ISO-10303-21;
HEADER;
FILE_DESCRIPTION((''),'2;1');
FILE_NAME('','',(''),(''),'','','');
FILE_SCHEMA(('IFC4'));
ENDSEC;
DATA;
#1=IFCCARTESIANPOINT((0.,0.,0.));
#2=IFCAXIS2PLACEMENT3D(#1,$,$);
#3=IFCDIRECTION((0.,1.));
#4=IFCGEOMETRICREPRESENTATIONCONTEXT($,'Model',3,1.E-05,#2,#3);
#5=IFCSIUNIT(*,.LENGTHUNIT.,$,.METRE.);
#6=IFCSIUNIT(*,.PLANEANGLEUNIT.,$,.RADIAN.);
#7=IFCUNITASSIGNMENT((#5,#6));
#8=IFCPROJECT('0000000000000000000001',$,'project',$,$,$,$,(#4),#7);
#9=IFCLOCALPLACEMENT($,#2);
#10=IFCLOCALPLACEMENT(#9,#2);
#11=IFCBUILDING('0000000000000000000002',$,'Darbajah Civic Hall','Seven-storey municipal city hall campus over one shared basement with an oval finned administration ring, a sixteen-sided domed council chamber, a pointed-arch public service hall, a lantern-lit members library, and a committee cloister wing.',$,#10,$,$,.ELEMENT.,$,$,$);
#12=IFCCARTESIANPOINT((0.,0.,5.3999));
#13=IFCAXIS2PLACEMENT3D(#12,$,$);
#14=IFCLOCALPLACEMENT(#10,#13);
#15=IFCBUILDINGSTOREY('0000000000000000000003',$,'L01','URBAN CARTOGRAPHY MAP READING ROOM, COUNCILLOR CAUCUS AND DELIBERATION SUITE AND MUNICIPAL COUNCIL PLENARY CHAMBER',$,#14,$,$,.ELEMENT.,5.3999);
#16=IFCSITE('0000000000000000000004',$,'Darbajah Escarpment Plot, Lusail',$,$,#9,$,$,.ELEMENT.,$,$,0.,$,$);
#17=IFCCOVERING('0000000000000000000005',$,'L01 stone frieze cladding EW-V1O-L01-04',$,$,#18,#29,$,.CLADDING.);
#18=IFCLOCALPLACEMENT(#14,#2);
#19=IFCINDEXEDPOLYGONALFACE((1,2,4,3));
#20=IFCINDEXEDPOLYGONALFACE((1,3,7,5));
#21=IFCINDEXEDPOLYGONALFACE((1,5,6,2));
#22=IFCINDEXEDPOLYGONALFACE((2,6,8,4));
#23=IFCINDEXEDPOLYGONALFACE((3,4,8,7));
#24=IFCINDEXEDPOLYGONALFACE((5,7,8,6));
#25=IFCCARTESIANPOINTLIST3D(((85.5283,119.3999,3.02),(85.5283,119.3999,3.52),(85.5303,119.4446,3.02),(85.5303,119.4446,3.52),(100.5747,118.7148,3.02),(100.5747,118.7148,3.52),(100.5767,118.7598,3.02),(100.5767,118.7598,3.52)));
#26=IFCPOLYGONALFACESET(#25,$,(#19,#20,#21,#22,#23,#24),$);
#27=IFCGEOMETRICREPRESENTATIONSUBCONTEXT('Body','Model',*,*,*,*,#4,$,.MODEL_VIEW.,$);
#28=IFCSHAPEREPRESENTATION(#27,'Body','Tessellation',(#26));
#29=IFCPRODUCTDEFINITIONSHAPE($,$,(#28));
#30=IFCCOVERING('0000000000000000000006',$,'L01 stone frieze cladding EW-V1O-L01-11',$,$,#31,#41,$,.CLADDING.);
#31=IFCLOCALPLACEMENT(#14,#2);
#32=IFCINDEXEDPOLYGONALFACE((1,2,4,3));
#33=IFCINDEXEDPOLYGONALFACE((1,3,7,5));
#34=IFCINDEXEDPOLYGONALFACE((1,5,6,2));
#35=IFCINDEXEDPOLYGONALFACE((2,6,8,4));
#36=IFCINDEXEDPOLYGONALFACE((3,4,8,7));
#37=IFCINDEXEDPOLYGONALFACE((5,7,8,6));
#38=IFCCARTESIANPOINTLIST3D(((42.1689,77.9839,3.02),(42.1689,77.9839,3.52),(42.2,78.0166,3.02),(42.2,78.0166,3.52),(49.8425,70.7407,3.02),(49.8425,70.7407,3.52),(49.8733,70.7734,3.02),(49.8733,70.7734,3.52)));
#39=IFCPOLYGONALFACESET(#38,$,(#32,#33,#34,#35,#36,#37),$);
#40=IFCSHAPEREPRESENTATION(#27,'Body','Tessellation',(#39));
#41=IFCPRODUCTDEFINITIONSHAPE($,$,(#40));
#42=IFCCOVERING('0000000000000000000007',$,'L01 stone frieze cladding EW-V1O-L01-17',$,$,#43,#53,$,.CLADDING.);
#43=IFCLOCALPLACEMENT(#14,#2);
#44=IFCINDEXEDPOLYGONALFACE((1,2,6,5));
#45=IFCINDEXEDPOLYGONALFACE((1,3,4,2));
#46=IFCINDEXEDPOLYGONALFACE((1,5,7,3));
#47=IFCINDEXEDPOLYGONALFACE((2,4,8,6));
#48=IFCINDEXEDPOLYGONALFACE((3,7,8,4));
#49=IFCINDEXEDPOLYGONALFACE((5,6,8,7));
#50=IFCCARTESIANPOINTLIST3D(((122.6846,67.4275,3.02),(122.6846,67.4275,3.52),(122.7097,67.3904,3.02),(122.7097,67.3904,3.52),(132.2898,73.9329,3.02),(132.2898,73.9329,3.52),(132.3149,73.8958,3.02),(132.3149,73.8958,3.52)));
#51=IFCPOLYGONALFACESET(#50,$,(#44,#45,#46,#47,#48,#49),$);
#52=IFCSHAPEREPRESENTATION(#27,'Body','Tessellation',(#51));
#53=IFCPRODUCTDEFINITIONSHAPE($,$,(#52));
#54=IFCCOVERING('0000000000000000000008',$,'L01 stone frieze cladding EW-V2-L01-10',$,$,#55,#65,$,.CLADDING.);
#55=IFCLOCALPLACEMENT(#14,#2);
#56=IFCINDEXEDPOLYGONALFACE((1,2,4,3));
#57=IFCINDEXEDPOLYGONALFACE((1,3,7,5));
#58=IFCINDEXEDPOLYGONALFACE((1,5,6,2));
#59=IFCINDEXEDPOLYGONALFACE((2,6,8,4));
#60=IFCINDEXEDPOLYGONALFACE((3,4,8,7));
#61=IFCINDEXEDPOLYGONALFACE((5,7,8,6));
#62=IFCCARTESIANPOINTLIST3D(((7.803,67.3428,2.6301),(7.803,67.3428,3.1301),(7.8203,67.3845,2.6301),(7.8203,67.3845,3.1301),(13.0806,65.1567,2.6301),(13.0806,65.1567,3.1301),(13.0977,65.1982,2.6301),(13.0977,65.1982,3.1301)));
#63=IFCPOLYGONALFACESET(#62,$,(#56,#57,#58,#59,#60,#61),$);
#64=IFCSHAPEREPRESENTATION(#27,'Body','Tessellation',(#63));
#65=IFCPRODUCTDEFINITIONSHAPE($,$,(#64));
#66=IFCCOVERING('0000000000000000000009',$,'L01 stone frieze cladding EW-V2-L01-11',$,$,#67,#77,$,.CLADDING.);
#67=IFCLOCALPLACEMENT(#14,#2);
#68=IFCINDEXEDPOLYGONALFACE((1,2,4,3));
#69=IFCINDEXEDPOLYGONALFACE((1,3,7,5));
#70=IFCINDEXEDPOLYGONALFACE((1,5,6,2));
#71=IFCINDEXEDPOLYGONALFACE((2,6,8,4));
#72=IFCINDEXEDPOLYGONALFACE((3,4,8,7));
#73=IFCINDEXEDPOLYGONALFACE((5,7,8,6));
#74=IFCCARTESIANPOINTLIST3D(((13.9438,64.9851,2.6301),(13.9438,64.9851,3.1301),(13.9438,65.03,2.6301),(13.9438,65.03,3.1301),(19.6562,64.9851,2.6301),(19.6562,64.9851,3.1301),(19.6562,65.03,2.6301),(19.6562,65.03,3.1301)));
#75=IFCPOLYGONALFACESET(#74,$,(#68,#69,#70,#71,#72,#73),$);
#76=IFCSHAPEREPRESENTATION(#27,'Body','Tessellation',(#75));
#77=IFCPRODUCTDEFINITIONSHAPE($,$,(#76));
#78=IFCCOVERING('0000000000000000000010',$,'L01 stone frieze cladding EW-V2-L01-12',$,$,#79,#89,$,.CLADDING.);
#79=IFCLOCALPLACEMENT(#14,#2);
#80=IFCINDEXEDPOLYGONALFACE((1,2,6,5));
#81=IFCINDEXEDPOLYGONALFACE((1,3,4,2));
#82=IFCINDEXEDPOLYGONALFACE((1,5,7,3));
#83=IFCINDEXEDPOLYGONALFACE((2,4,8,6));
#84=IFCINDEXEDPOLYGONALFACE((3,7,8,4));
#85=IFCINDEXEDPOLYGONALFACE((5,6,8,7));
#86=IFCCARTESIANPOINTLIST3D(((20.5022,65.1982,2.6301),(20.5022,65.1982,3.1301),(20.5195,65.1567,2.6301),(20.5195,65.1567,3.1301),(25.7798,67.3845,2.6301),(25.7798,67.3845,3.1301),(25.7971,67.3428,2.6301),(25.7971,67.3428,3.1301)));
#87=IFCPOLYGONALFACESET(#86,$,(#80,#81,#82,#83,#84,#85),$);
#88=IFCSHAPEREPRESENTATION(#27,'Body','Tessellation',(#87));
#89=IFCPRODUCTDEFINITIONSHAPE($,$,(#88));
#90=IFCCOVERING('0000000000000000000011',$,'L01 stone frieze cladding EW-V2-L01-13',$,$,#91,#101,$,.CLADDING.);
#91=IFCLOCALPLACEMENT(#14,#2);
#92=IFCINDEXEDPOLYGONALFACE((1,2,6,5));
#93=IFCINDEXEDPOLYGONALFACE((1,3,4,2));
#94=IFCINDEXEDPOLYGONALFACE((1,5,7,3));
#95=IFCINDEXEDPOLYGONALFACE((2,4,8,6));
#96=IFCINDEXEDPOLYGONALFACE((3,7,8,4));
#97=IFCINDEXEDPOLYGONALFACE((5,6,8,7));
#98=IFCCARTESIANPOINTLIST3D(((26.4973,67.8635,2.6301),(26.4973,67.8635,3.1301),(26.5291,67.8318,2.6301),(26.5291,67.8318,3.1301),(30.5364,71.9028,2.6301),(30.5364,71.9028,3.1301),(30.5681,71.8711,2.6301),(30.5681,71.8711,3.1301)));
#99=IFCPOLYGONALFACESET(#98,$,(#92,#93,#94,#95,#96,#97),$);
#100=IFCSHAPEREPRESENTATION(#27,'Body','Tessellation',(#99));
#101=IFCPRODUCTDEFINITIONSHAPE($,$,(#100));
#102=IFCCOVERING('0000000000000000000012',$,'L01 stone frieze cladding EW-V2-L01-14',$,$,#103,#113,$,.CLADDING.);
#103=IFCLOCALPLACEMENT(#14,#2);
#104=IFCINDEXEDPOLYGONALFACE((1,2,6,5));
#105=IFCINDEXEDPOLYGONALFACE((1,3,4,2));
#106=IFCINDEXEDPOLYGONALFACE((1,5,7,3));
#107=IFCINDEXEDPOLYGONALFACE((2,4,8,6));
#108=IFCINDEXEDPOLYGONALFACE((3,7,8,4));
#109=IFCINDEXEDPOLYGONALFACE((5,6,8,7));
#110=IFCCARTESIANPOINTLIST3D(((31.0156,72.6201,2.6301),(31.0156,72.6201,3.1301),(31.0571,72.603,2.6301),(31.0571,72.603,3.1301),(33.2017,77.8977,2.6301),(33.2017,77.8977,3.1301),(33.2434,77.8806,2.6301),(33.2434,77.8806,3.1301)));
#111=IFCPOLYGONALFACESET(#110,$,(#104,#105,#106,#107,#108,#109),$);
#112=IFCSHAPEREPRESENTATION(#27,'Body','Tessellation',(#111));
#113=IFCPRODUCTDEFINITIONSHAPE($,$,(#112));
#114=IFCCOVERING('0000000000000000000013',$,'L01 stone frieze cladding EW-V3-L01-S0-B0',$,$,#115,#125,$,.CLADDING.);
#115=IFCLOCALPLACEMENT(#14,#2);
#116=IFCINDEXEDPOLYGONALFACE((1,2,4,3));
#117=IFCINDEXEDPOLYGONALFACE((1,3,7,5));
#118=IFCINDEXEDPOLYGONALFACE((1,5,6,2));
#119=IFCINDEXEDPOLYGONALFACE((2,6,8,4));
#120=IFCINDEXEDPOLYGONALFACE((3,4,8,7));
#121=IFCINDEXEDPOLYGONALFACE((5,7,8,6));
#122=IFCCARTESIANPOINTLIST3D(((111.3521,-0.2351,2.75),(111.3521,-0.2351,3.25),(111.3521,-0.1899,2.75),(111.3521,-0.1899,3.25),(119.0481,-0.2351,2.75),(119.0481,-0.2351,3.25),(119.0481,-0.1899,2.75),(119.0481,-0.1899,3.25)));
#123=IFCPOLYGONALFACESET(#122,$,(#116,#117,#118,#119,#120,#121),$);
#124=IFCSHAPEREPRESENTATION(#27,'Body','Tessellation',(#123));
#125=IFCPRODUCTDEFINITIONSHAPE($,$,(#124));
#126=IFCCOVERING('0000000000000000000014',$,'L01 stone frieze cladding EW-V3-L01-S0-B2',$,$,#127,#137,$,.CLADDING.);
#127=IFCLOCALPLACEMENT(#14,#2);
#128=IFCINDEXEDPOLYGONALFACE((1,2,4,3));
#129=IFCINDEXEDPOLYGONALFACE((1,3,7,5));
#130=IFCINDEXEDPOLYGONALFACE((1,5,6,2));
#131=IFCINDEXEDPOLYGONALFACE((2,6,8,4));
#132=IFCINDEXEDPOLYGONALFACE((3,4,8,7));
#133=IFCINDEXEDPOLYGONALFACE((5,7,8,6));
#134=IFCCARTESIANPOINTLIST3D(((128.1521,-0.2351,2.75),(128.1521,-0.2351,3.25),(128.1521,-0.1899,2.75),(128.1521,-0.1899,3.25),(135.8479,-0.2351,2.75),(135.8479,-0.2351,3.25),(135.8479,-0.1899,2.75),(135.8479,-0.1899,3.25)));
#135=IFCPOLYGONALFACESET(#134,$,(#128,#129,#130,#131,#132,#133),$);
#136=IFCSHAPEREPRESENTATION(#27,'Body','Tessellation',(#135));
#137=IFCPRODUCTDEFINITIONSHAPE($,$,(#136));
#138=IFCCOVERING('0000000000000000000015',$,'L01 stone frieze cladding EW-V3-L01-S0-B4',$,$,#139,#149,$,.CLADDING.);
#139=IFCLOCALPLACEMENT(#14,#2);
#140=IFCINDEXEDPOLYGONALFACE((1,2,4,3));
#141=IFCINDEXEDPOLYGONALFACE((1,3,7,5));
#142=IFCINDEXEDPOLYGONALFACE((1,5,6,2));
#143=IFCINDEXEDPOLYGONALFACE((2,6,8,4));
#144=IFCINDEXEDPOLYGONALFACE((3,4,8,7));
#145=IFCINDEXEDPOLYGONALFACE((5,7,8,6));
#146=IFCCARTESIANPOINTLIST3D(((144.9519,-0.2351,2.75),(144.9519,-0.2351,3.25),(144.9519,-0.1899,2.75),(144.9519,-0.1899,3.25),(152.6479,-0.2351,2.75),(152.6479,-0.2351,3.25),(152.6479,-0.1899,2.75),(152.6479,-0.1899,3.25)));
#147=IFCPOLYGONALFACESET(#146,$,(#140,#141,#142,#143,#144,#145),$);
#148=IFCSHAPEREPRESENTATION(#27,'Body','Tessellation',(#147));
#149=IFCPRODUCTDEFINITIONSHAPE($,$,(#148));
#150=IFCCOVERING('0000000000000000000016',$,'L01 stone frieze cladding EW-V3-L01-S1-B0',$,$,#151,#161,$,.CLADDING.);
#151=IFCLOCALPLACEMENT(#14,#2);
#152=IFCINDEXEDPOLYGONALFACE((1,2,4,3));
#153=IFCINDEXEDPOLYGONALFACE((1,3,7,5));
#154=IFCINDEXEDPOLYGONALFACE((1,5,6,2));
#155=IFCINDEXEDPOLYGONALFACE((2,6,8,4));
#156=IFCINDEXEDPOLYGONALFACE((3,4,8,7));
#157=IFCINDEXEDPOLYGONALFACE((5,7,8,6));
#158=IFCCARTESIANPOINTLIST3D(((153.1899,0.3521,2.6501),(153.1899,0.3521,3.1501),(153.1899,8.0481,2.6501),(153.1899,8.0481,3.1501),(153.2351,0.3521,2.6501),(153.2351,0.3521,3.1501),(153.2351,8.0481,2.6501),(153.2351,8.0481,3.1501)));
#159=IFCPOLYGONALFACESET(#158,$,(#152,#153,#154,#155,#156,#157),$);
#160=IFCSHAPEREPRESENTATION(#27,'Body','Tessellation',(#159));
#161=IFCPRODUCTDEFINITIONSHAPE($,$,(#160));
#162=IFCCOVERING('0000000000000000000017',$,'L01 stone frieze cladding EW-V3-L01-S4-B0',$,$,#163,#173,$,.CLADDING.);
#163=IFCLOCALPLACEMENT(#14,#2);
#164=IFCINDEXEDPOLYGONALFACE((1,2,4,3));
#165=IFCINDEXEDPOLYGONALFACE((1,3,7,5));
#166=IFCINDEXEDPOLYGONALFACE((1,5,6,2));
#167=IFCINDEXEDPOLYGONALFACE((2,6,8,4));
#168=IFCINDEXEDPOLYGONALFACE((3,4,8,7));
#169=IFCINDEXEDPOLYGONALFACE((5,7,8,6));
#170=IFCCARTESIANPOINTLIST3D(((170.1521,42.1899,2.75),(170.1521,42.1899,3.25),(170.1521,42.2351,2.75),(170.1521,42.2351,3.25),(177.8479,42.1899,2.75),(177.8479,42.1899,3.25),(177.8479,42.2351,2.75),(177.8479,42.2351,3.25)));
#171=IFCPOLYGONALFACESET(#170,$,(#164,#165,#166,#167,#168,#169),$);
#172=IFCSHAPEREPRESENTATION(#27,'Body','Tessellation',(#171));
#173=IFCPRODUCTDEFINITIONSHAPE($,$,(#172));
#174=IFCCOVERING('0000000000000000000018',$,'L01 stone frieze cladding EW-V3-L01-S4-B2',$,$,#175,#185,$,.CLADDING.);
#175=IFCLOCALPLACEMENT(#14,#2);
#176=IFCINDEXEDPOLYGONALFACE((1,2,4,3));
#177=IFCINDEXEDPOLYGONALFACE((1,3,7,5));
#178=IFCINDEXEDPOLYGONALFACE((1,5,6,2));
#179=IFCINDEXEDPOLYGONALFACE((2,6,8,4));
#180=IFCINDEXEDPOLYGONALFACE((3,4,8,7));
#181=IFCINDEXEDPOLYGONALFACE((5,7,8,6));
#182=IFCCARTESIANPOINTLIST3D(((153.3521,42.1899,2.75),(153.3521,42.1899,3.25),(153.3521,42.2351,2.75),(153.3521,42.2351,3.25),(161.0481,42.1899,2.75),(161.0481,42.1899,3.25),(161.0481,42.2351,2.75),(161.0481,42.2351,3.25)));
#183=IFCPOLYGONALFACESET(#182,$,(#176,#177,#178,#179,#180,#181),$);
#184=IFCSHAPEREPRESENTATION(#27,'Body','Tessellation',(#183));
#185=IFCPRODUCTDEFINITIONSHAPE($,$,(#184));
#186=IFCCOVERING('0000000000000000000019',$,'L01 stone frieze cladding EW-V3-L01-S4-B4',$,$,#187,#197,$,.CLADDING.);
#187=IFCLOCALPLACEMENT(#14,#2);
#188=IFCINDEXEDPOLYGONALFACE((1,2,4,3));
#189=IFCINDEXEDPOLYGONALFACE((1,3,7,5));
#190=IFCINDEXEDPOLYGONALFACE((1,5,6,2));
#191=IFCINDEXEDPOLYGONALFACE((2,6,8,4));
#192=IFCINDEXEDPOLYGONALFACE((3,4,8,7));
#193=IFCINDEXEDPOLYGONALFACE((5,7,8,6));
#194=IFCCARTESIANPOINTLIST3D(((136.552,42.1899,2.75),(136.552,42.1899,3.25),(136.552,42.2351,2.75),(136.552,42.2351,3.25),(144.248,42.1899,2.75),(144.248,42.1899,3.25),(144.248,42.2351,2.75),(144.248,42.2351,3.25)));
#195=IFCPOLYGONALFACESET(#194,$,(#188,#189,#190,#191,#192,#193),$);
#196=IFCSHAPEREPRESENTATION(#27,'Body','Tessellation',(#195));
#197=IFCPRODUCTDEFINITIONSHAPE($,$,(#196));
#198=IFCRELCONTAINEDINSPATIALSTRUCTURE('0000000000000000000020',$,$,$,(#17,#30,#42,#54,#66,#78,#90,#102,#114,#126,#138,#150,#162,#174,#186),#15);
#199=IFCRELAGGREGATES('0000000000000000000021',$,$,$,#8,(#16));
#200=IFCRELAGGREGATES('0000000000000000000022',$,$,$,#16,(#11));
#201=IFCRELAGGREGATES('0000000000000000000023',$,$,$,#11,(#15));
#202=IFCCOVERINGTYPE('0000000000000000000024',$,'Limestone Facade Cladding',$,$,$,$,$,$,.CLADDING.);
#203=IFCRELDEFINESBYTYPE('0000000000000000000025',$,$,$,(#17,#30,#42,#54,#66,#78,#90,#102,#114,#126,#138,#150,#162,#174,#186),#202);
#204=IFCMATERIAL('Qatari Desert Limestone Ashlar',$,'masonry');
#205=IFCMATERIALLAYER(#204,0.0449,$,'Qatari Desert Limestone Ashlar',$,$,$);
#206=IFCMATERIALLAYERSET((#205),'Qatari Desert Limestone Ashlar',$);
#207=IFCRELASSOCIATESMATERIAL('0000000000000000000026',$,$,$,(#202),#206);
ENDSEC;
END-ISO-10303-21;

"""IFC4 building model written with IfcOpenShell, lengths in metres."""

from ifc_helpers import new_model, si_unit, direction, frame, origin, place, context, subcontext, project, spatial, polyline, outline, extrude, material, layer, layer_set, type_object, element, save


model = new_model("IFC4")

# Units and contexts
model_context = context("Model", 3, precision=1e-05, world=origin(), true_north=direction((0.0, 1.0)))
body_context = subcontext(model_context, "Body", "Model", "MODEL_VIEW")
ifc_project = project(units=[si_unit("LENGTHUNIT", "METRE"), si_unit("PLANEANGLEUNIT", "RADIAN")], contexts=[model_context])

# Site, building, storey
site_placement = place(None, origin())
site = spatial("IfcSite", under=ifc_project, at=site_placement, Name="Darbajah Escarpment Plot, Lusail", CompositionType="ELEMENT", RefElevation=0.0)
building_placement = place(site_placement, origin())
building = spatial("IfcBuilding", under=site, at=building_placement, Name="Darbajah Civic Hall", Description="Seven-storey municipal city hall campus over one shared basement with an oval finned administration ring, a sixteen-sided domed council chamber, a pointed-arch public service hall, a lantern-lit members library, and a committee cloister wing.", CompositionType="ELEMENT")
storey_placement = place(building_placement, frame((0.0, 0.0, 5.3999)))
storey = spatial("IfcBuildingStorey", under=building, at=storey_placement, Name="L01", Description="URBAN CARTOGRAPHY MAP READING ROOM, COUNCILLOR CAUCUS AND DELIBERATION SUITE AND MUNICIPAL COUNCIL PLENARY CHAMBER", CompositionType="ELEMENT", Elevation=5.3999)

# Coverings
ifc_material = material(Name="Qatari Desert Limestone Ashlar", Category="masonry")
ifc_layer = layer(ifc_material, 0.0449, Name="Qatari Desert Limestone Ashlar")
ifc_layer_set = layer_set([ifc_layer], Name="Qatari Desert Limestone Ashlar")
covering_type = type_object("IfcCoveringType", Name="Limestone Facade Cladding", PredefinedType="CLADDING", material=ifc_layer_set)
covering_1_placement = place(storey_placement, frame((0.0, 0.0, 3.02)))
element("IfcCovering", 1, at=covering_1_placement, inside=storey, type_object=covering_type, Name="L01 stone frieze cladding EW-V1O-L01-04", PredefinedType="CLADDING", context=body_context, shape_type="SweptSolid", body=[
    extrude(outline(polyline([(100.5747, 118.7148), (85.5283, 119.3999), (85.5303, 119.4446), (100.5767, 118.7598), (100.5747, 118.7148)])), origin(), (0.0, 0.0, 1.0), 0.5),
])
covering_2_placement = place(storey_placement, frame((0.0, 0.0, 3.02)))
element("IfcCovering", 2, at=covering_2_placement, inside=storey, type_object=covering_type, Name="L01 stone frieze cladding EW-V1O-L01-11", PredefinedType="CLADDING", context=body_context, shape_type="SweptSolid", body=[
    extrude(outline(polyline([(42.2, 78.0166), (49.8733, 70.7734), (49.8425, 70.7407), (42.1689, 77.9839), (42.2, 78.0166)])), origin(), (0.0, 0.0, 1.0), 0.5),
])
covering_3_placement = place(storey_placement, frame((0.0, 0.0, 3.02)))
element("IfcCovering", 3, at=covering_3_placement, inside=storey, type_object=covering_type, Name="L01 stone frieze cladding EW-V1O-L01-17", PredefinedType="CLADDING", context=body_context, shape_type="SweptSolid", body=[
    extrude(outline(polyline([(122.6846, 67.4275), (132.2898, 73.9329), (132.3149, 73.8958), (122.7097, 67.3904), (122.6846, 67.4275)])), origin(), (0.0, 0.0, 1.0), 0.5),
])
covering_4_placement = place(storey_placement, frame((0.0, 0.0, 2.6301)))
element("IfcCovering", 4, at=covering_4_placement, inside=storey, type_object=covering_type, Name="L01 stone frieze cladding EW-V2-L01-10", PredefinedType="CLADDING", context=body_context, shape_type="SweptSolid", body=[
    extrude(outline(polyline([(7.8203, 67.3845), (13.0977, 65.1982), (13.0806, 65.1567), (7.803, 67.3428), (7.8203, 67.3845)])), origin(), (0.0, 0.0, 1.0), 0.5),
])
covering_5_placement = place(storey_placement, frame((0.0, 0.0, 2.6301)))
element("IfcCovering", 5, at=covering_5_placement, inside=storey, type_object=covering_type, Name="L01 stone frieze cladding EW-V2-L01-11", PredefinedType="CLADDING", context=body_context, shape_type="SweptSolid", body=[
    extrude(outline(polyline([(13.9438, 65.03), (19.6562, 65.03), (19.6562, 64.9851), (13.9438, 64.9851), (13.9438, 65.03)])), origin(), (0.0, 0.0, 1.0), 0.5),
])
covering_6_placement = place(storey_placement, frame((0.0, 0.0, 2.6301)))
element("IfcCovering", 6, at=covering_6_placement, inside=storey, type_object=covering_type, Name="L01 stone frieze cladding EW-V2-L01-12", PredefinedType="CLADDING", context=body_context, shape_type="SweptSolid", body=[
    extrude(outline(polyline([(20.5022, 65.1982), (25.7798, 67.3845), (25.7971, 67.3428), (20.5195, 65.1567), (20.5022, 65.1982)])), origin(), (0.0, 0.0, 1.0), 0.5),
])
covering_7_placement = place(storey_placement, frame((0.0, 0.0, 2.6301)))
element("IfcCovering", 7, at=covering_7_placement, inside=storey, type_object=covering_type, Name="L01 stone frieze cladding EW-V2-L01-13", PredefinedType="CLADDING", context=body_context, shape_type="SweptSolid", body=[
    extrude(outline(polyline([(26.4973, 67.8635), (30.5364, 71.9028), (30.5681, 71.8711), (26.5291, 67.8318), (26.4973, 67.8635)])), origin(), (0.0, 0.0, 1.0), 0.5),
])
covering_8_placement = place(storey_placement, frame((0.0, 0.0, 2.6301)))
element("IfcCovering", 8, at=covering_8_placement, inside=storey, type_object=covering_type, Name="L01 stone frieze cladding EW-V2-L01-14", PredefinedType="CLADDING", context=body_context, shape_type="SweptSolid", body=[
    extrude(outline(polyline([(31.0156, 72.6201), (33.2017, 77.8977), (33.2434, 77.8806), (31.0571, 72.603), (31.0156, 72.6201)])), origin(), (0.0, 0.0, 1.0), 0.5),
])
covering_9_placement = place(storey_placement, frame((0.0, 0.0, 2.75)))
element("IfcCovering", 9, at=covering_9_placement, inside=storey, type_object=covering_type, Name="L01 stone frieze cladding EW-V3-L01-S0-B0", PredefinedType="CLADDING", context=body_context, shape_type="SweptSolid", body=[
    extrude(outline(polyline([(111.3521, -0.1899), (119.0481, -0.1899), (119.0481, -0.2351), (111.3521, -0.2351), (111.3521, -0.1899)])), origin(), (0.0, 0.0, 1.0), 0.5),
])
covering_10_placement = place(storey_placement, frame((0.0, 0.0, 2.75)))
element("IfcCovering", 10, at=covering_10_placement, inside=storey, type_object=covering_type, Name="L01 stone frieze cladding EW-V3-L01-S0-B2", PredefinedType="CLADDING", context=body_context, shape_type="SweptSolid", body=[
    extrude(outline(polyline([(128.1521, -0.1899), (135.8479, -0.1899), (135.8479, -0.2351), (128.1521, -0.2351), (128.1521, -0.1899)])), origin(), (0.0, 0.0, 1.0), 0.5),
])
covering_11_placement = place(storey_placement, frame((0.0, 0.0, 2.75)))
element("IfcCovering", 11, at=covering_11_placement, inside=storey, type_object=covering_type, Name="L01 stone frieze cladding EW-V3-L01-S0-B4", PredefinedType="CLADDING", context=body_context, shape_type="SweptSolid", body=[
    extrude(outline(polyline([(144.9519, -0.1899), (152.6479, -0.1899), (152.6479, -0.2351), (144.9519, -0.2351), (144.9519, -0.1899)])), origin(), (0.0, 0.0, 1.0), 0.5),
])
covering_12_placement = place(storey_placement, frame((0.0, 0.0, 2.6501)))
element("IfcCovering", 12, at=covering_12_placement, inside=storey, type_object=covering_type, Name="L01 stone frieze cladding EW-V3-L01-S1-B0", PredefinedType="CLADDING", context=body_context, shape_type="SweptSolid", body=[
    extrude(outline(polyline([(153.1899, 0.3521), (153.1899, 8.0481), (153.2351, 8.0481), (153.2351, 0.3521), (153.1899, 0.3521)])), origin(), (0.0, 0.0, 1.0), 0.5),
])
covering_13_placement = place(storey_placement, frame((0.0, 0.0, 2.75)))
element("IfcCovering", 13, at=covering_13_placement, inside=storey, type_object=covering_type, Name="L01 stone frieze cladding EW-V3-L01-S4-B0", PredefinedType="CLADDING", context=body_context, shape_type="SweptSolid", body=[
    extrude(outline(polyline([(177.8479, 42.1899), (170.1521, 42.1899), (170.1521, 42.2351), (177.8479, 42.2351), (177.8479, 42.1899)])), origin(), (0.0, 0.0, 1.0), 0.5),
])
covering_14_placement = place(storey_placement, frame((0.0, 0.0, 2.75)))
element("IfcCovering", 14, at=covering_14_placement, inside=storey, type_object=covering_type, Name="L01 stone frieze cladding EW-V3-L01-S4-B2", PredefinedType="CLADDING", context=body_context, shape_type="SweptSolid", body=[
    extrude(outline(polyline([(161.0481, 42.1899), (153.3521, 42.1899), (153.3521, 42.2351), (161.0481, 42.2351), (161.0481, 42.1899)])), origin(), (0.0, 0.0, 1.0), 0.5),
])
covering_15_placement = place(storey_placement, frame((0.0, 0.0, 2.75)))
element("IfcCovering", 15, at=covering_15_placement, inside=storey, type_object=covering_type, Name="L01 stone frieze cladding EW-V3-L01-S4-B4", PredefinedType="CLADDING", context=body_context, shape_type="SweptSolid", body=[
    extrude(outline(polyline([(144.248, 42.1899), (136.552, 42.1899), (136.552, 42.2351), (144.248, 42.2351), (144.248, 42.1899)])), origin(), (0.0, 0.0, 1.0), 0.5),
])

save(model, "model.ifc")
